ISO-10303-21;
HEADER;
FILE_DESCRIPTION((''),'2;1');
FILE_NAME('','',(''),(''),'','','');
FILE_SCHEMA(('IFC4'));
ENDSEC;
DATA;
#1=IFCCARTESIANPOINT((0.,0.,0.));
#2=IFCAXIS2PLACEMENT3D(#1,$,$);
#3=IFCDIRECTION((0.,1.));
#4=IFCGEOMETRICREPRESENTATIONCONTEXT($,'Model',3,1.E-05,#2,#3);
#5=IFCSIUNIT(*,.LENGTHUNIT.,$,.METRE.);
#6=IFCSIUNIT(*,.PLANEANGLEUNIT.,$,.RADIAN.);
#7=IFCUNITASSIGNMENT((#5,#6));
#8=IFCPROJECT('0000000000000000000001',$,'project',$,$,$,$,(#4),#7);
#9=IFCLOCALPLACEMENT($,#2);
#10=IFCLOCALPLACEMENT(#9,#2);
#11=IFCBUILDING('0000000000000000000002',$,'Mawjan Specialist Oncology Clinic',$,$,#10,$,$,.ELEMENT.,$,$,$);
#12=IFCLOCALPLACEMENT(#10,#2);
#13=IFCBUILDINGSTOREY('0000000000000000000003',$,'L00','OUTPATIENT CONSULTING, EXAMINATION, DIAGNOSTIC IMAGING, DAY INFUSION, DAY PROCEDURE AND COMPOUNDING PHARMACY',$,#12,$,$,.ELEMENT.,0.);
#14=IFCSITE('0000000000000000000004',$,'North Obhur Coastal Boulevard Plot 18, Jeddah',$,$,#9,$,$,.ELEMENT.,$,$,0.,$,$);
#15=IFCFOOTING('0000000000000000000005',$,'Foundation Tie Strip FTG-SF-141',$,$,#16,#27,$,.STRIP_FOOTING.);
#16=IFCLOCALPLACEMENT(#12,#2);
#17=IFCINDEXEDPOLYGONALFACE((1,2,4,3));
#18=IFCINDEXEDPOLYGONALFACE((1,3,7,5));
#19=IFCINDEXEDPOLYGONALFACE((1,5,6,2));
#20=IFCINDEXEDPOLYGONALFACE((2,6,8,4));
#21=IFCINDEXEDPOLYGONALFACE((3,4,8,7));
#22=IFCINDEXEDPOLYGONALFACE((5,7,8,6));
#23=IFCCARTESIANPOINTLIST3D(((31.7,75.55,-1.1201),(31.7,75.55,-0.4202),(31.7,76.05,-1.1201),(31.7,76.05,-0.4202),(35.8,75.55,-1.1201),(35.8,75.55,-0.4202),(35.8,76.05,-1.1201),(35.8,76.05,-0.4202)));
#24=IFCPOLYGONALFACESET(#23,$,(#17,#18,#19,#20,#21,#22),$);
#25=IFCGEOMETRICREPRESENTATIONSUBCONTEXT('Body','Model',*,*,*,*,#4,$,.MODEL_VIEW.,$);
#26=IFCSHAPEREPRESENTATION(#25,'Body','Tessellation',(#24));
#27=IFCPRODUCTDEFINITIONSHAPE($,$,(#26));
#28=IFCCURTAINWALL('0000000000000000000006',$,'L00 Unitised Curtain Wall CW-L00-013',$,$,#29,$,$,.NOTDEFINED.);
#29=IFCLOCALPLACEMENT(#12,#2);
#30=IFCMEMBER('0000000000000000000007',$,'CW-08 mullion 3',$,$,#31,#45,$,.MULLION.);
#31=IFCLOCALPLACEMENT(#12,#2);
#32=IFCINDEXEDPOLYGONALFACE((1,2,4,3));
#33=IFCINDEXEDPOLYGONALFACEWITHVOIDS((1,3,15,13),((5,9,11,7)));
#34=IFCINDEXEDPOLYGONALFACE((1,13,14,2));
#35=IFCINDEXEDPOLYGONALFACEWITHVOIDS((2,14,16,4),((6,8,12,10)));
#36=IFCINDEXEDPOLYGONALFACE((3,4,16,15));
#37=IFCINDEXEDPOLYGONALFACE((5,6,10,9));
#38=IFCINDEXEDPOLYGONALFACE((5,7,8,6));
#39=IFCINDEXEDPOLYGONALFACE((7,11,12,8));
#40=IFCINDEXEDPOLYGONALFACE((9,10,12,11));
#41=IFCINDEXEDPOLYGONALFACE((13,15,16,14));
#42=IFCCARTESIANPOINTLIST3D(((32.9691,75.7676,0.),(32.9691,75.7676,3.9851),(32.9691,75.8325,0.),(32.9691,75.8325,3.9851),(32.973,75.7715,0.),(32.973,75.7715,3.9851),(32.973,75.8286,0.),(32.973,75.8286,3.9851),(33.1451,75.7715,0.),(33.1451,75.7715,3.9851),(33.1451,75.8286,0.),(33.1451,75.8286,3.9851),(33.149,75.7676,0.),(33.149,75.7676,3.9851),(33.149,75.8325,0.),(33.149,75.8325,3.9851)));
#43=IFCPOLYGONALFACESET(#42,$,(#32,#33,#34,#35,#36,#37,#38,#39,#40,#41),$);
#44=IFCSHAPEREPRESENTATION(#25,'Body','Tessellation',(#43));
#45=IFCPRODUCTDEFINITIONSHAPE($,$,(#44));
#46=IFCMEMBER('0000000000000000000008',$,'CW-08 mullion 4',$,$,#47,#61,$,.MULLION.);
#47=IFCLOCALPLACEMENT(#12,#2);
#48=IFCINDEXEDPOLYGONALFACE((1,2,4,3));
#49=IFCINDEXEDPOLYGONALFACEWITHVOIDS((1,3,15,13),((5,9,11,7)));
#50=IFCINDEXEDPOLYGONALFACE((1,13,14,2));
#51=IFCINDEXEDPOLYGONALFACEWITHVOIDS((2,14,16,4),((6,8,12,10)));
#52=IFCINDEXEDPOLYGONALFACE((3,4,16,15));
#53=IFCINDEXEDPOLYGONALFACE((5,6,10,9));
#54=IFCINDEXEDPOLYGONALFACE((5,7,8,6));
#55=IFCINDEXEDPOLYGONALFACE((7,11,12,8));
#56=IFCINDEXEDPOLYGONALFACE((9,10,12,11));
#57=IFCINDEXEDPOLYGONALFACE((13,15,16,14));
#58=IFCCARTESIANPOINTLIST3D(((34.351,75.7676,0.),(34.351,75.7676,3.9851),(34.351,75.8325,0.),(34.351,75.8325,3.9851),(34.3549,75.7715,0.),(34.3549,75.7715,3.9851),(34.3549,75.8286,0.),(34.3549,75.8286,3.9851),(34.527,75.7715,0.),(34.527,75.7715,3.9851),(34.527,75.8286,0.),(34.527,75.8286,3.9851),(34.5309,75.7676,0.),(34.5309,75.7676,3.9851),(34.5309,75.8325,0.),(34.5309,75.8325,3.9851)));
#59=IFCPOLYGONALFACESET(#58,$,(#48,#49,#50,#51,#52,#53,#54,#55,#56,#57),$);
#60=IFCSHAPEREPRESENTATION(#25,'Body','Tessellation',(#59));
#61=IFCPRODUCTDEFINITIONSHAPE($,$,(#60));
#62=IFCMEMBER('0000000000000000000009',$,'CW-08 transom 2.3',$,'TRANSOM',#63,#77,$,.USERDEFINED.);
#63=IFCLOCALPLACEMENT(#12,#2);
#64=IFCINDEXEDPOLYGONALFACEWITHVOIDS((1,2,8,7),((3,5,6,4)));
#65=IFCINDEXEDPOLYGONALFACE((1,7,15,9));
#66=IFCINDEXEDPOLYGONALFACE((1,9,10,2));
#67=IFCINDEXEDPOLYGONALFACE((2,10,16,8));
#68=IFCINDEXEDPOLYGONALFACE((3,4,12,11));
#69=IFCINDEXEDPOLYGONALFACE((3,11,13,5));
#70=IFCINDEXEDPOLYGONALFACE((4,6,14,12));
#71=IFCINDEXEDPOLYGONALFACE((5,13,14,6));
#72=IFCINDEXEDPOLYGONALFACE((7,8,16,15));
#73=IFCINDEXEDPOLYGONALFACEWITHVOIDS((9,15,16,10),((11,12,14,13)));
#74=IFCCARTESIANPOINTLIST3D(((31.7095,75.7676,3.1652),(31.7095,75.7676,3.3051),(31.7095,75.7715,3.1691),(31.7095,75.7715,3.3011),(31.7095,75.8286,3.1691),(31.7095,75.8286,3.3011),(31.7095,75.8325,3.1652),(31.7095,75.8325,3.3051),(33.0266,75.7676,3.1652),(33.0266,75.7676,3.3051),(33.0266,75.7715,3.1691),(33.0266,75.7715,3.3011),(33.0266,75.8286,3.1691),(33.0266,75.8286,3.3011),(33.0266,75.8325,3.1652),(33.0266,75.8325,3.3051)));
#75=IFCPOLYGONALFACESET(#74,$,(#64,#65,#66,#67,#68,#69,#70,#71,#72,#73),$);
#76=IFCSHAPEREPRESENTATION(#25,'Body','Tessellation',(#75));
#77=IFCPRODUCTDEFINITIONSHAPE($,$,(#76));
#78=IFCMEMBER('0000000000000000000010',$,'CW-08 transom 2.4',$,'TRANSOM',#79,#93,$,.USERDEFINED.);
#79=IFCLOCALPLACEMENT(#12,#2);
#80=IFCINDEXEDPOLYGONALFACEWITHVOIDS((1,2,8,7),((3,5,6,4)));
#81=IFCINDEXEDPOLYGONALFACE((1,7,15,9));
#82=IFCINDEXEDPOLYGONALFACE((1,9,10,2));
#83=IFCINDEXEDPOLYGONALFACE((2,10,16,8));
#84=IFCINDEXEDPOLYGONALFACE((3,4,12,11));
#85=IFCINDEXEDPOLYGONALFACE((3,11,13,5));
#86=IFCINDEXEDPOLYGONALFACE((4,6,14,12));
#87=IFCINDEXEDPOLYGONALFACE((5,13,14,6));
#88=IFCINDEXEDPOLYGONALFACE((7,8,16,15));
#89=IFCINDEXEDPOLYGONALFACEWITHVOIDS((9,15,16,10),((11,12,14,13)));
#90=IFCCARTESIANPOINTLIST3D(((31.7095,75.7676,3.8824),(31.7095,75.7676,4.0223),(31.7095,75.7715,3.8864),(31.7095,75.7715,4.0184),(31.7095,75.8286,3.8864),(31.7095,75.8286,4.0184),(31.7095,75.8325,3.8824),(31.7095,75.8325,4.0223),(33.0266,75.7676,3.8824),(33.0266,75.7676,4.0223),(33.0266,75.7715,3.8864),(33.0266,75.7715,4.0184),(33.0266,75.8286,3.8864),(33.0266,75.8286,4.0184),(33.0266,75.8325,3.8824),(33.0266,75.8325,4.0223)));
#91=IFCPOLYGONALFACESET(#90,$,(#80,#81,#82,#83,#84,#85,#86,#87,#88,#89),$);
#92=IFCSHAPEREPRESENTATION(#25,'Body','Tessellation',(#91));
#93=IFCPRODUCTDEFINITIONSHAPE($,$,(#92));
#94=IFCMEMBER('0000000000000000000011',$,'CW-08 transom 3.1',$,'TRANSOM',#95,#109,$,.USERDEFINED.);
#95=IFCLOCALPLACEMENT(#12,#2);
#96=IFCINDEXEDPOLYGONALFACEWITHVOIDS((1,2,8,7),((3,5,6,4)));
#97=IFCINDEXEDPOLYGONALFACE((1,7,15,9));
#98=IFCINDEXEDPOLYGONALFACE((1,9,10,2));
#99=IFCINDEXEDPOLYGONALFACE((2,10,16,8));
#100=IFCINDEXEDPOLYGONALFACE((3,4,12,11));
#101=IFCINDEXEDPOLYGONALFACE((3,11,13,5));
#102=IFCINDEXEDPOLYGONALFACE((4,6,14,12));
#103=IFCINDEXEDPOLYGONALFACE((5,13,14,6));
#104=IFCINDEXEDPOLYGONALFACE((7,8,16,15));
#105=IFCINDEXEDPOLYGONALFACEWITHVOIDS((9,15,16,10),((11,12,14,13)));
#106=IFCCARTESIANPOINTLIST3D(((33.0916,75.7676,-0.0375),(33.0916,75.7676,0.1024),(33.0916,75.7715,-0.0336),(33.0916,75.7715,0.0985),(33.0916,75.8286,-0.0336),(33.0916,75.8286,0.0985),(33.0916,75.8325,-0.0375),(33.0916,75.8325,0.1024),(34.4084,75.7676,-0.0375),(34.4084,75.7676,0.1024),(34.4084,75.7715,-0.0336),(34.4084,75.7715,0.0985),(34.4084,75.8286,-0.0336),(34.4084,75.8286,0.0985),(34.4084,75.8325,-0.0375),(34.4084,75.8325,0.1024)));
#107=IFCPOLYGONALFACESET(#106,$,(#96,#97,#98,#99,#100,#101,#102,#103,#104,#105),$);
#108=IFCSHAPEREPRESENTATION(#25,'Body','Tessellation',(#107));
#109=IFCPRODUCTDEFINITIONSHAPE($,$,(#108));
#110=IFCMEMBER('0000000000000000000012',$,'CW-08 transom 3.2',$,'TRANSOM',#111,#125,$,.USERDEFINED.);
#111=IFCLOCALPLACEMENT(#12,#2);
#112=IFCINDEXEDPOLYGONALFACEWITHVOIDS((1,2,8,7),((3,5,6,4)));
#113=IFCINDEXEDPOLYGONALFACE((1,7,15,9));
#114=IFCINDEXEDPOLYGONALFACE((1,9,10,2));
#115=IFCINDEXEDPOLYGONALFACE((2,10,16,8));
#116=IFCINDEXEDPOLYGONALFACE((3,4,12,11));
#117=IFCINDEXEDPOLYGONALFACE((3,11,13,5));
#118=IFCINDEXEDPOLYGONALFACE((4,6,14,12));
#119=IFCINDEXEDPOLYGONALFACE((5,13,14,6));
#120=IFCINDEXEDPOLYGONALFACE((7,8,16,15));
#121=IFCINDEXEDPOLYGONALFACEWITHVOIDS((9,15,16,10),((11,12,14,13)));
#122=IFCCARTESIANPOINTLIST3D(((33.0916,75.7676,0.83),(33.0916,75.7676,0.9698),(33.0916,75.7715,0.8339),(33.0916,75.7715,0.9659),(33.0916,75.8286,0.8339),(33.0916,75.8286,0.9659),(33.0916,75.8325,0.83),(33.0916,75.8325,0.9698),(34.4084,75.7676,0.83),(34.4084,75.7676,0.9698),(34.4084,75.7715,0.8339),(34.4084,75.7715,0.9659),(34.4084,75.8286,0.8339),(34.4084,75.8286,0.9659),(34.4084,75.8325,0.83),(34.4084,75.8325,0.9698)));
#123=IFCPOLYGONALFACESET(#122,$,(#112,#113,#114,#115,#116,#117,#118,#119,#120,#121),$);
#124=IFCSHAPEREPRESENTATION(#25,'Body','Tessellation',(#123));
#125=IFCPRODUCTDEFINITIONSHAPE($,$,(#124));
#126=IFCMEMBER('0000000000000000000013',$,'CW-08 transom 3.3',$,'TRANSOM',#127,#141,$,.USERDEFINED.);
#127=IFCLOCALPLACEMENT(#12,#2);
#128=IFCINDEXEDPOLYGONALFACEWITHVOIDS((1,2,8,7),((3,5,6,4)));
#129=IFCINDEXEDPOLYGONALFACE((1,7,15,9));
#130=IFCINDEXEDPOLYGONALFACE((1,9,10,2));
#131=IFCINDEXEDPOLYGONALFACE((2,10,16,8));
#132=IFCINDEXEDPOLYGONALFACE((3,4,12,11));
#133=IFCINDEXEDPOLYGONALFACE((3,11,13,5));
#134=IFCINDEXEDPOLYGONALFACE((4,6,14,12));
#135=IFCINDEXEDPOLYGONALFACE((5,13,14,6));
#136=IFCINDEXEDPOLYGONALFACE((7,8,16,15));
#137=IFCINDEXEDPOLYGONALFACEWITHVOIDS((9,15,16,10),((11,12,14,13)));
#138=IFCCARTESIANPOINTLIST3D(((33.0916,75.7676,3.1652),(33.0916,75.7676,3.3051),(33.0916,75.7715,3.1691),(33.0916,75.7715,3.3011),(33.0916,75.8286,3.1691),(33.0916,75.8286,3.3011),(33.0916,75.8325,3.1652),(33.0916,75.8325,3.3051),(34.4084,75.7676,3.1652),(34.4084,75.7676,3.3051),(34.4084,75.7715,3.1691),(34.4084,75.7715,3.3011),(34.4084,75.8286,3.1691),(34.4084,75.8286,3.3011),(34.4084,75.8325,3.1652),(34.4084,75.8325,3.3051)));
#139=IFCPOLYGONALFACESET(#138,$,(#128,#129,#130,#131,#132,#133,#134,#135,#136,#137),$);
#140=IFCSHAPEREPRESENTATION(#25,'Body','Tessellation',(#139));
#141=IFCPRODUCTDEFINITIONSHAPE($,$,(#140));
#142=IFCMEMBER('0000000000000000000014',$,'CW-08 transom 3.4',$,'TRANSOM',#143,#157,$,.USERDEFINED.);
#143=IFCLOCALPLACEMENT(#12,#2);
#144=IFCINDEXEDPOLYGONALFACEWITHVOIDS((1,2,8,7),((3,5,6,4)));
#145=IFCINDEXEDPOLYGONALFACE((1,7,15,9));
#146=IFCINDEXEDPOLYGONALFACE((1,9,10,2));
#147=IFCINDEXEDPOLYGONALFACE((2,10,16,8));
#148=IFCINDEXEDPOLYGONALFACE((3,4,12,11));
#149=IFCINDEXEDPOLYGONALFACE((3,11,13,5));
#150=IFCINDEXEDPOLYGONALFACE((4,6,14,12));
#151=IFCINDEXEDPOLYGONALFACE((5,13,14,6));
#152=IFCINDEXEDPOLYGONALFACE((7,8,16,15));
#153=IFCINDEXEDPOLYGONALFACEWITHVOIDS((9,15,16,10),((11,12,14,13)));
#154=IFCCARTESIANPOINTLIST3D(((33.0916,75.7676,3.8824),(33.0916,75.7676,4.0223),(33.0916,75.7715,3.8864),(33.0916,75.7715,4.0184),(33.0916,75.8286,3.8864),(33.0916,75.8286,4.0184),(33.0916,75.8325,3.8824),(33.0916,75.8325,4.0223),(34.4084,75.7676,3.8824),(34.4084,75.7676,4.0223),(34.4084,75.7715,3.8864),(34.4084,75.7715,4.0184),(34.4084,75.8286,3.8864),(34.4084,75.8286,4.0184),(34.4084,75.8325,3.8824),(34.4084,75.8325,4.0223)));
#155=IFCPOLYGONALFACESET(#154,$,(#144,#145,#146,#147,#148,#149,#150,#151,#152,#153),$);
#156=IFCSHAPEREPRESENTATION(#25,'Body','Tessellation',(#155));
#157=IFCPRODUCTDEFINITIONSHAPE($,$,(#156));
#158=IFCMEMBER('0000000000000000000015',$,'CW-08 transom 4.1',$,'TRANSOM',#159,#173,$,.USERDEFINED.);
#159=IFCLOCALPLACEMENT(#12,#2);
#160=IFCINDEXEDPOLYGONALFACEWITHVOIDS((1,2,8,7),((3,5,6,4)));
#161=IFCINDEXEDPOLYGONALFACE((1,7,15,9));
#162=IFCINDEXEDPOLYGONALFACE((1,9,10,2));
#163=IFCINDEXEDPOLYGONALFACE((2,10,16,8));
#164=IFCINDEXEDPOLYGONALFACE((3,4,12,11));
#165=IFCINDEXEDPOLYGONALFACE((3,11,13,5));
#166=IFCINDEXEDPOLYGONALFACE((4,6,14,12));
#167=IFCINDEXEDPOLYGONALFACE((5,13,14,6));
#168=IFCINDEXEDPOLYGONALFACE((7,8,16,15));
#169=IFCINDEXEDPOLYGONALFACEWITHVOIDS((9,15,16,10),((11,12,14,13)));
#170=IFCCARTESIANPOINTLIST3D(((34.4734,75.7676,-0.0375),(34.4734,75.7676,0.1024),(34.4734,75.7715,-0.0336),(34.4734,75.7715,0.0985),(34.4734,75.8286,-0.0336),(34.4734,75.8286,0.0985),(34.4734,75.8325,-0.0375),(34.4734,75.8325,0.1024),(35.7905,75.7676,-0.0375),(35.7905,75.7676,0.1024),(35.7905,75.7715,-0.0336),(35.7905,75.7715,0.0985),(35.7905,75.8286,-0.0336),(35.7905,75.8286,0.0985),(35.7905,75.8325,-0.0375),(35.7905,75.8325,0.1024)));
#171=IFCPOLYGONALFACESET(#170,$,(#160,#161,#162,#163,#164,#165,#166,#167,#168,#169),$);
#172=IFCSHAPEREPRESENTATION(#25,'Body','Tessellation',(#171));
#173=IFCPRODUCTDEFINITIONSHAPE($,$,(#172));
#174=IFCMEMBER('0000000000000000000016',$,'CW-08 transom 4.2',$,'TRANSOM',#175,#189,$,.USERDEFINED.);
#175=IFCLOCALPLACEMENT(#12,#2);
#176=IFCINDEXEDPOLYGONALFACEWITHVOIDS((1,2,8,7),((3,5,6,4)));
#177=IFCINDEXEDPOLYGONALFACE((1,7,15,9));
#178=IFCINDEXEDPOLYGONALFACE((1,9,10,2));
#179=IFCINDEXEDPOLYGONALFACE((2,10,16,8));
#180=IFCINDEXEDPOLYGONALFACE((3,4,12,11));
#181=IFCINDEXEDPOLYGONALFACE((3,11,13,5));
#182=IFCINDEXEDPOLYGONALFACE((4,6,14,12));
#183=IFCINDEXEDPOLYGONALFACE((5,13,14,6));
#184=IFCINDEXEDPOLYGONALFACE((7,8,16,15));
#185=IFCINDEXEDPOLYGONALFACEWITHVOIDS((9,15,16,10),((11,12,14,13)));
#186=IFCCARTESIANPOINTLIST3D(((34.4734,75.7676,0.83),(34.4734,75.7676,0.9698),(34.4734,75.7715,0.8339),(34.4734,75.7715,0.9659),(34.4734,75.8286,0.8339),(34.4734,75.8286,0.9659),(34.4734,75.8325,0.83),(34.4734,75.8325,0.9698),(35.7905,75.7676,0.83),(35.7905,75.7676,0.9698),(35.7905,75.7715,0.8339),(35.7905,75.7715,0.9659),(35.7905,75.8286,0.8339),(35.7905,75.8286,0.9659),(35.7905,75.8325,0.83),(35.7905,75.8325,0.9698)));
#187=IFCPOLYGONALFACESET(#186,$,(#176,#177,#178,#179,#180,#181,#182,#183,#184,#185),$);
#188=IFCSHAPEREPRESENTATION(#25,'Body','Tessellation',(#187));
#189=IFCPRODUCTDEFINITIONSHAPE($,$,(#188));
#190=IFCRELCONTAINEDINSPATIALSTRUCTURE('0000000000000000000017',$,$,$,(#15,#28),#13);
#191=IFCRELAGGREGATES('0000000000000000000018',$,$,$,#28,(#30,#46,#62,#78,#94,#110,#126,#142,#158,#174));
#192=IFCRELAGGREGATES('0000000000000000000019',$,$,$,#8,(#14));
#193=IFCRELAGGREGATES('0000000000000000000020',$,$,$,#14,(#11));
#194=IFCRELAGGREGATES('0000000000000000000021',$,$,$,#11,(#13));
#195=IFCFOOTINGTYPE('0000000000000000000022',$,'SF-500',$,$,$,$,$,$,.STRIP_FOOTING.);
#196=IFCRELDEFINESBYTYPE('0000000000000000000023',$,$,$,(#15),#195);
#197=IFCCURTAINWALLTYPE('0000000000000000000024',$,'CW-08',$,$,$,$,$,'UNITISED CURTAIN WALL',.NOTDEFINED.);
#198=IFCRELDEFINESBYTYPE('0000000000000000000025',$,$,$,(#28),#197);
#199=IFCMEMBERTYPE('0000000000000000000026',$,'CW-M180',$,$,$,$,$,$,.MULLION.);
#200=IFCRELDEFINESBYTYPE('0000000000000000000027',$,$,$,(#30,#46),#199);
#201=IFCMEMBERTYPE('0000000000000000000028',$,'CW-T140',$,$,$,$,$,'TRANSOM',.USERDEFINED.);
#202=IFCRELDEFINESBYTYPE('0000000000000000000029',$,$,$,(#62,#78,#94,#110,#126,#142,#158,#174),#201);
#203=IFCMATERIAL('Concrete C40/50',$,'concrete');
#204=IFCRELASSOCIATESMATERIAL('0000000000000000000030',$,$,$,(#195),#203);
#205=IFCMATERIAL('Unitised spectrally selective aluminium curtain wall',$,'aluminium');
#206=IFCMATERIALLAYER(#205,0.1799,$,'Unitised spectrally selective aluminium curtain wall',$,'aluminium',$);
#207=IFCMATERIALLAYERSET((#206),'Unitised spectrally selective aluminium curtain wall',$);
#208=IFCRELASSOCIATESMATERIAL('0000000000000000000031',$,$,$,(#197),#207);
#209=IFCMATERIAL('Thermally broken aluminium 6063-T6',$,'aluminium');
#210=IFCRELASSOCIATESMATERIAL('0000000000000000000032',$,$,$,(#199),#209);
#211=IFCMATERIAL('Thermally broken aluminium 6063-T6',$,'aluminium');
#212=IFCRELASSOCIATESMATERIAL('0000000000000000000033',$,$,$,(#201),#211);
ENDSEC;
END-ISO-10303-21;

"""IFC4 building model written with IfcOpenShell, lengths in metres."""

from ifc_helpers import new_model, si_unit, direction, frame, origin, origin_2d, place, context, subcontext, project, spatial, rectangle, hollow_rectangle, extrude, material, layer, layer_set, material_profile, profile_set, type_object, element, aggregate, save


model = new_model("IFC4")

# Units and contexts
model_context = context("Model", 3, precision=1e-05, world=origin(), true_north=direction((0.0, 1.0)))
body_context = subcontext(model_context, "Body", "Model", "MODEL_VIEW")
ifc_project = project(units=[si_unit("LENGTHUNIT", "METRE"), si_unit("PLANEANGLEUNIT", "RADIAN")], contexts=[model_context])

# Site, building, storey
site_placement = place(None, origin())
site = spatial("IfcSite", under=ifc_project, at=site_placement, Name="North Obhur Coastal Boulevard Plot 18, Jeddah", CompositionType="ELEMENT", RefElevation=0.0)
building_placement = place(site_placement, origin())
building = spatial("IfcBuilding", under=site, at=building_placement, Name="Mawjan Specialist Oncology Clinic", CompositionType="ELEMENT")
storey_placement = place(building_placement, origin())
storey = spatial("IfcBuildingStorey", under=building, at=storey_placement, Name="L00", Description="OUTPATIENT CONSULTING, EXAMINATION, DIAGNOSTIC IMAGING, DAY INFUSION, DAY PROCEDURE AND COMPOUNDING PHARMACY", CompositionType="ELEMENT", Elevation=0.0)

# Footing
ifc_material_1 = material(Name="Concrete C40/50", Category="concrete")
footing_type = type_object("IfcFootingType", Name="SF-500", PredefinedType="STRIP_FOOTING", material=ifc_material_1)
footing_placement = place(storey_placement, frame((33.75, 75.8, -1.1201), z_axis=(0.0, 0.0, 1.0), x_axis=(1.0, 0.0, 0.0)))
element("IfcFooting", 1, at=footing_placement, inside=storey, type_object=footing_type, Name="Foundation Tie Strip FTG-SF-141", PredefinedType="STRIP_FOOTING", context=body_context, shape_type="SweptSolid", body=[
    extrude(rectangle(XDim=4.1001, YDim=0.5, at=origin_2d()), origin(), (0.0, 0.0, 1.0), 0.7),
])

# Curtain wall, members
ifc_material_2 = material(Name="Unitised spectrally selective aluminium curtain wall", Category="aluminium")
ifc_layer_1 = layer(ifc_material_2, 0.1799, Name="Unitised spectrally selective aluminium curtain wall", Category="aluminium")
ifc_layer_set_1 = layer_set([ifc_layer_1], Name="Unitised spectrally selective aluminium curtain wall")
curtain_wall_type = type_object("IfcCurtainWallType", Name="CW-08", ElementType="UNITISED CURTAIN WALL", PredefinedType="NOTDEFINED", material=ifc_layer_set_1)
curtain_wall_placement = place(storey_placement, origin())
curtain_wall = element("IfcCurtainWall", 2, at=curtain_wall_placement, inside=storey, type_object=curtain_wall_type, Name="L00 Unitised Curtain Wall CW-L00-013", PredefinedType="NOTDEFINED")
ifc_material_3 = material(Name="Thermally broken aluminium 6063-T6", Category="aluminium")
ifc_material_profile_1 = material_profile(ifc_material_3, hollow_rectangle(XDim=0.0649, YDim=0.1799, WallThickness=0.0039, at=origin_2d()), Name="ALU MULLION 180x65x4", Category="aluminium")
ifc_profile_set_1 = profile_set([ifc_material_profile_1], Name="Thermally broken aluminium 6063-T6")
member_type_1 = type_object("IfcMemberType", Name="CW-M180", PredefinedType="MULLION", material=ifc_profile_set_1)
member_1_placement = place(storey_placement, frame((33.0591, 75.8, 0.0), z_axis=(0.0, 0.0, 1.0), x_axis=(0.0, 1.0, 0.0)))
member_1 = element("IfcMember", 3, at=member_1_placement, type_object=member_type_1, Name="CW-08 mullion 3", PredefinedType="MULLION", context=body_context, shape_type="SweptSolid", body=[
    extrude(hollow_rectangle(XDim=0.0649, YDim=0.1799, WallThickness=0.0039, at=origin_2d()), origin(), (0.0, 0.0, 1.0), 3.9851),
])
member_2_placement = place(storey_placement, frame((34.4409, 75.8, 0.0), z_axis=(0.0, 0.0, 1.0), x_axis=(0.0, 1.0, 0.0)))
member_2 = element("IfcMember", 4, at=member_2_placement, type_object=member_type_1, Name="CW-08 mullion 4", PredefinedType="MULLION", context=body_context, shape_type="SweptSolid", body=[
    extrude(hollow_rectangle(XDim=0.0649, YDim=0.1799, WallThickness=0.0039, at=origin_2d()), origin(), (0.0, 0.0, 1.0), 3.9851),
])
ifc_material_4 = material(Name="Thermally broken aluminium 6063-T6", Category="aluminium")
ifc_material_profile_2 = material_profile(ifc_material_4, hollow_rectangle(XDim=0.0649, YDim=0.1399, WallThickness=0.0039, at=origin_2d()), Name="ALU TRANSOM 140x65x4", Category="aluminium")
ifc_profile_set_2 = profile_set([ifc_material_profile_2], Name="Thermally broken aluminium 6063-T6")
member_type_2 = type_object("IfcMemberType", Name="CW-T140", ElementType="TRANSOM", PredefinedType="USERDEFINED", material=ifc_profile_set_2)
member_3_placement = place(storey_placement, frame((31.7095, 75.8, 3.2351), z_axis=(1.0, 0.0, 0.0), x_axis=(0.0, 1.0, 0.0)))
member_3 = element("IfcMember", 5, at=member_3_placement, type_object=member_type_2, Name="CW-08 transom 2.3", ObjectType="TRANSOM", PredefinedType="USERDEFINED", context=body_context, shape_type="SweptSolid", body=[
    extrude(hollow_rectangle(XDim=0.0649, YDim=0.1399, WallThickness=0.0039, at=origin_2d()), origin(), (0.0, 0.0, 1.0), 1.3171),
])
member_4_placement = place(storey_placement, frame((31.7095, 75.8, 3.9524), z_axis=(1.0, 0.0, 0.0), x_axis=(0.0, 1.0, 0.0)))
member_4 = element("IfcMember", 6, at=member_4_placement, type_object=member_type_2, Name="CW-08 transom 2.4", ObjectType="TRANSOM", PredefinedType="USERDEFINED", context=body_context, shape_type="SweptSolid", body=[
    extrude(hollow_rectangle(XDim=0.0649, YDim=0.1399, WallThickness=0.0039, at=origin_2d()), origin(), (0.0, 0.0, 1.0), 1.3171),
])
member_5_placement = place(storey_placement, frame((33.0916, 75.8, 0.0325), z_axis=(1.0, 0.0, 0.0), x_axis=(0.0, 1.0, 0.0)))
member_5 = element("IfcMember", 7, at=member_5_placement, type_object=member_type_2, Name="CW-08 transom 3.1", ObjectType="TRANSOM", PredefinedType="USERDEFINED", context=body_context, shape_type="SweptSolid", body=[
    extrude(hollow_rectangle(XDim=0.0649, YDim=0.1399, WallThickness=0.0039, at=origin_2d()), origin(), (0.0, 0.0, 1.0), 1.3169),
])
member_6_placement = place(storey_placement, frame((33.0916, 75.8, 0.8999), z_axis=(1.0, 0.0, 0.0), x_axis=(0.0, 1.0, 0.0)))
member_6 = element("IfcMember", 8, at=member_6_placement, type_object=member_type_2, Name="CW-08 transom 3.2", ObjectType="TRANSOM", PredefinedType="USERDEFINED", context=body_context, shape_type="SweptSolid", body=[
    extrude(hollow_rectangle(XDim=0.0649, YDim=0.1399, WallThickness=0.0039, at=origin_2d()), origin(), (0.0, 0.0, 1.0), 1.3169),
])
member_7_placement = place(storey_placement, frame((33.0916, 75.8, 3.2351), z_axis=(1.0, 0.0, 0.0), x_axis=(0.0, 1.0, 0.0)))
member_7 = element("IfcMember", 9, at=member_7_placement, type_object=member_type_2, Name="CW-08 transom 3.3", ObjectType="TRANSOM", PredefinedType="USERDEFINED", context=body_context, shape_type="SweptSolid", body=[
    extrude(hollow_rectangle(XDim=0.0649, YDim=0.1399, WallThickness=0.0039, at=origin_2d()), origin(), (0.0, 0.0, 1.0), 1.3169),
])
member_8_placement = place(storey_placement, frame((33.0916, 75.8, 3.9524), z_axis=(1.0, 0.0, 0.0), x_axis=(0.0, 1.0, 0.0)))
member_8 = element("IfcMember", 10, at=member_8_placement, type_object=member_type_2, Name="CW-08 transom 3.4", ObjectType="TRANSOM", PredefinedType="USERDEFINED", context=body_context, shape_type="SweptSolid", body=[
    extrude(hollow_rectangle(XDim=0.0649, YDim=0.1399, WallThickness=0.0039, at=origin_2d()), origin(), (0.0, 0.0, 1.0), 1.3169),
])
member_9_placement = place(storey_placement, frame((34.4734, 75.8, 0.0325), z_axis=(1.0, 0.0, 0.0), x_axis=(0.0, 1.0, 0.0)))
member_9 = element("IfcMember", 11, at=member_9_placement, type_object=member_type_2, Name="CW-08 transom 4.1", ObjectType="TRANSOM", PredefinedType="USERDEFINED", context=body_context, shape_type="SweptSolid", body=[
    extrude(hollow_rectangle(XDim=0.0649, YDim=0.1399, WallThickness=0.0039, at=origin_2d()), origin(), (0.0, 0.0, 1.0), 1.3171),
])
member_10_placement = place(storey_placement, frame((34.4734, 75.8, 0.8999), z_axis=(1.0, 0.0, 0.0), x_axis=(0.0, 1.0, 0.0)))
member_10 = element("IfcMember", 12, at=member_10_placement, type_object=member_type_2, Name="CW-08 transom 4.2", ObjectType="TRANSOM", PredefinedType="USERDEFINED", context=body_context, shape_type="SweptSolid", body=[
    extrude(hollow_rectangle(XDim=0.0649, YDim=0.1399, WallThickness=0.0039, at=origin_2d()), origin(), (0.0, 0.0, 1.0), 1.3171),
])
aggregate(curtain_wall, [member_1, member_2, member_3, member_4, member_5, member_6, member_7, member_8, member_9, member_10])

save(model, "model.ifc")
